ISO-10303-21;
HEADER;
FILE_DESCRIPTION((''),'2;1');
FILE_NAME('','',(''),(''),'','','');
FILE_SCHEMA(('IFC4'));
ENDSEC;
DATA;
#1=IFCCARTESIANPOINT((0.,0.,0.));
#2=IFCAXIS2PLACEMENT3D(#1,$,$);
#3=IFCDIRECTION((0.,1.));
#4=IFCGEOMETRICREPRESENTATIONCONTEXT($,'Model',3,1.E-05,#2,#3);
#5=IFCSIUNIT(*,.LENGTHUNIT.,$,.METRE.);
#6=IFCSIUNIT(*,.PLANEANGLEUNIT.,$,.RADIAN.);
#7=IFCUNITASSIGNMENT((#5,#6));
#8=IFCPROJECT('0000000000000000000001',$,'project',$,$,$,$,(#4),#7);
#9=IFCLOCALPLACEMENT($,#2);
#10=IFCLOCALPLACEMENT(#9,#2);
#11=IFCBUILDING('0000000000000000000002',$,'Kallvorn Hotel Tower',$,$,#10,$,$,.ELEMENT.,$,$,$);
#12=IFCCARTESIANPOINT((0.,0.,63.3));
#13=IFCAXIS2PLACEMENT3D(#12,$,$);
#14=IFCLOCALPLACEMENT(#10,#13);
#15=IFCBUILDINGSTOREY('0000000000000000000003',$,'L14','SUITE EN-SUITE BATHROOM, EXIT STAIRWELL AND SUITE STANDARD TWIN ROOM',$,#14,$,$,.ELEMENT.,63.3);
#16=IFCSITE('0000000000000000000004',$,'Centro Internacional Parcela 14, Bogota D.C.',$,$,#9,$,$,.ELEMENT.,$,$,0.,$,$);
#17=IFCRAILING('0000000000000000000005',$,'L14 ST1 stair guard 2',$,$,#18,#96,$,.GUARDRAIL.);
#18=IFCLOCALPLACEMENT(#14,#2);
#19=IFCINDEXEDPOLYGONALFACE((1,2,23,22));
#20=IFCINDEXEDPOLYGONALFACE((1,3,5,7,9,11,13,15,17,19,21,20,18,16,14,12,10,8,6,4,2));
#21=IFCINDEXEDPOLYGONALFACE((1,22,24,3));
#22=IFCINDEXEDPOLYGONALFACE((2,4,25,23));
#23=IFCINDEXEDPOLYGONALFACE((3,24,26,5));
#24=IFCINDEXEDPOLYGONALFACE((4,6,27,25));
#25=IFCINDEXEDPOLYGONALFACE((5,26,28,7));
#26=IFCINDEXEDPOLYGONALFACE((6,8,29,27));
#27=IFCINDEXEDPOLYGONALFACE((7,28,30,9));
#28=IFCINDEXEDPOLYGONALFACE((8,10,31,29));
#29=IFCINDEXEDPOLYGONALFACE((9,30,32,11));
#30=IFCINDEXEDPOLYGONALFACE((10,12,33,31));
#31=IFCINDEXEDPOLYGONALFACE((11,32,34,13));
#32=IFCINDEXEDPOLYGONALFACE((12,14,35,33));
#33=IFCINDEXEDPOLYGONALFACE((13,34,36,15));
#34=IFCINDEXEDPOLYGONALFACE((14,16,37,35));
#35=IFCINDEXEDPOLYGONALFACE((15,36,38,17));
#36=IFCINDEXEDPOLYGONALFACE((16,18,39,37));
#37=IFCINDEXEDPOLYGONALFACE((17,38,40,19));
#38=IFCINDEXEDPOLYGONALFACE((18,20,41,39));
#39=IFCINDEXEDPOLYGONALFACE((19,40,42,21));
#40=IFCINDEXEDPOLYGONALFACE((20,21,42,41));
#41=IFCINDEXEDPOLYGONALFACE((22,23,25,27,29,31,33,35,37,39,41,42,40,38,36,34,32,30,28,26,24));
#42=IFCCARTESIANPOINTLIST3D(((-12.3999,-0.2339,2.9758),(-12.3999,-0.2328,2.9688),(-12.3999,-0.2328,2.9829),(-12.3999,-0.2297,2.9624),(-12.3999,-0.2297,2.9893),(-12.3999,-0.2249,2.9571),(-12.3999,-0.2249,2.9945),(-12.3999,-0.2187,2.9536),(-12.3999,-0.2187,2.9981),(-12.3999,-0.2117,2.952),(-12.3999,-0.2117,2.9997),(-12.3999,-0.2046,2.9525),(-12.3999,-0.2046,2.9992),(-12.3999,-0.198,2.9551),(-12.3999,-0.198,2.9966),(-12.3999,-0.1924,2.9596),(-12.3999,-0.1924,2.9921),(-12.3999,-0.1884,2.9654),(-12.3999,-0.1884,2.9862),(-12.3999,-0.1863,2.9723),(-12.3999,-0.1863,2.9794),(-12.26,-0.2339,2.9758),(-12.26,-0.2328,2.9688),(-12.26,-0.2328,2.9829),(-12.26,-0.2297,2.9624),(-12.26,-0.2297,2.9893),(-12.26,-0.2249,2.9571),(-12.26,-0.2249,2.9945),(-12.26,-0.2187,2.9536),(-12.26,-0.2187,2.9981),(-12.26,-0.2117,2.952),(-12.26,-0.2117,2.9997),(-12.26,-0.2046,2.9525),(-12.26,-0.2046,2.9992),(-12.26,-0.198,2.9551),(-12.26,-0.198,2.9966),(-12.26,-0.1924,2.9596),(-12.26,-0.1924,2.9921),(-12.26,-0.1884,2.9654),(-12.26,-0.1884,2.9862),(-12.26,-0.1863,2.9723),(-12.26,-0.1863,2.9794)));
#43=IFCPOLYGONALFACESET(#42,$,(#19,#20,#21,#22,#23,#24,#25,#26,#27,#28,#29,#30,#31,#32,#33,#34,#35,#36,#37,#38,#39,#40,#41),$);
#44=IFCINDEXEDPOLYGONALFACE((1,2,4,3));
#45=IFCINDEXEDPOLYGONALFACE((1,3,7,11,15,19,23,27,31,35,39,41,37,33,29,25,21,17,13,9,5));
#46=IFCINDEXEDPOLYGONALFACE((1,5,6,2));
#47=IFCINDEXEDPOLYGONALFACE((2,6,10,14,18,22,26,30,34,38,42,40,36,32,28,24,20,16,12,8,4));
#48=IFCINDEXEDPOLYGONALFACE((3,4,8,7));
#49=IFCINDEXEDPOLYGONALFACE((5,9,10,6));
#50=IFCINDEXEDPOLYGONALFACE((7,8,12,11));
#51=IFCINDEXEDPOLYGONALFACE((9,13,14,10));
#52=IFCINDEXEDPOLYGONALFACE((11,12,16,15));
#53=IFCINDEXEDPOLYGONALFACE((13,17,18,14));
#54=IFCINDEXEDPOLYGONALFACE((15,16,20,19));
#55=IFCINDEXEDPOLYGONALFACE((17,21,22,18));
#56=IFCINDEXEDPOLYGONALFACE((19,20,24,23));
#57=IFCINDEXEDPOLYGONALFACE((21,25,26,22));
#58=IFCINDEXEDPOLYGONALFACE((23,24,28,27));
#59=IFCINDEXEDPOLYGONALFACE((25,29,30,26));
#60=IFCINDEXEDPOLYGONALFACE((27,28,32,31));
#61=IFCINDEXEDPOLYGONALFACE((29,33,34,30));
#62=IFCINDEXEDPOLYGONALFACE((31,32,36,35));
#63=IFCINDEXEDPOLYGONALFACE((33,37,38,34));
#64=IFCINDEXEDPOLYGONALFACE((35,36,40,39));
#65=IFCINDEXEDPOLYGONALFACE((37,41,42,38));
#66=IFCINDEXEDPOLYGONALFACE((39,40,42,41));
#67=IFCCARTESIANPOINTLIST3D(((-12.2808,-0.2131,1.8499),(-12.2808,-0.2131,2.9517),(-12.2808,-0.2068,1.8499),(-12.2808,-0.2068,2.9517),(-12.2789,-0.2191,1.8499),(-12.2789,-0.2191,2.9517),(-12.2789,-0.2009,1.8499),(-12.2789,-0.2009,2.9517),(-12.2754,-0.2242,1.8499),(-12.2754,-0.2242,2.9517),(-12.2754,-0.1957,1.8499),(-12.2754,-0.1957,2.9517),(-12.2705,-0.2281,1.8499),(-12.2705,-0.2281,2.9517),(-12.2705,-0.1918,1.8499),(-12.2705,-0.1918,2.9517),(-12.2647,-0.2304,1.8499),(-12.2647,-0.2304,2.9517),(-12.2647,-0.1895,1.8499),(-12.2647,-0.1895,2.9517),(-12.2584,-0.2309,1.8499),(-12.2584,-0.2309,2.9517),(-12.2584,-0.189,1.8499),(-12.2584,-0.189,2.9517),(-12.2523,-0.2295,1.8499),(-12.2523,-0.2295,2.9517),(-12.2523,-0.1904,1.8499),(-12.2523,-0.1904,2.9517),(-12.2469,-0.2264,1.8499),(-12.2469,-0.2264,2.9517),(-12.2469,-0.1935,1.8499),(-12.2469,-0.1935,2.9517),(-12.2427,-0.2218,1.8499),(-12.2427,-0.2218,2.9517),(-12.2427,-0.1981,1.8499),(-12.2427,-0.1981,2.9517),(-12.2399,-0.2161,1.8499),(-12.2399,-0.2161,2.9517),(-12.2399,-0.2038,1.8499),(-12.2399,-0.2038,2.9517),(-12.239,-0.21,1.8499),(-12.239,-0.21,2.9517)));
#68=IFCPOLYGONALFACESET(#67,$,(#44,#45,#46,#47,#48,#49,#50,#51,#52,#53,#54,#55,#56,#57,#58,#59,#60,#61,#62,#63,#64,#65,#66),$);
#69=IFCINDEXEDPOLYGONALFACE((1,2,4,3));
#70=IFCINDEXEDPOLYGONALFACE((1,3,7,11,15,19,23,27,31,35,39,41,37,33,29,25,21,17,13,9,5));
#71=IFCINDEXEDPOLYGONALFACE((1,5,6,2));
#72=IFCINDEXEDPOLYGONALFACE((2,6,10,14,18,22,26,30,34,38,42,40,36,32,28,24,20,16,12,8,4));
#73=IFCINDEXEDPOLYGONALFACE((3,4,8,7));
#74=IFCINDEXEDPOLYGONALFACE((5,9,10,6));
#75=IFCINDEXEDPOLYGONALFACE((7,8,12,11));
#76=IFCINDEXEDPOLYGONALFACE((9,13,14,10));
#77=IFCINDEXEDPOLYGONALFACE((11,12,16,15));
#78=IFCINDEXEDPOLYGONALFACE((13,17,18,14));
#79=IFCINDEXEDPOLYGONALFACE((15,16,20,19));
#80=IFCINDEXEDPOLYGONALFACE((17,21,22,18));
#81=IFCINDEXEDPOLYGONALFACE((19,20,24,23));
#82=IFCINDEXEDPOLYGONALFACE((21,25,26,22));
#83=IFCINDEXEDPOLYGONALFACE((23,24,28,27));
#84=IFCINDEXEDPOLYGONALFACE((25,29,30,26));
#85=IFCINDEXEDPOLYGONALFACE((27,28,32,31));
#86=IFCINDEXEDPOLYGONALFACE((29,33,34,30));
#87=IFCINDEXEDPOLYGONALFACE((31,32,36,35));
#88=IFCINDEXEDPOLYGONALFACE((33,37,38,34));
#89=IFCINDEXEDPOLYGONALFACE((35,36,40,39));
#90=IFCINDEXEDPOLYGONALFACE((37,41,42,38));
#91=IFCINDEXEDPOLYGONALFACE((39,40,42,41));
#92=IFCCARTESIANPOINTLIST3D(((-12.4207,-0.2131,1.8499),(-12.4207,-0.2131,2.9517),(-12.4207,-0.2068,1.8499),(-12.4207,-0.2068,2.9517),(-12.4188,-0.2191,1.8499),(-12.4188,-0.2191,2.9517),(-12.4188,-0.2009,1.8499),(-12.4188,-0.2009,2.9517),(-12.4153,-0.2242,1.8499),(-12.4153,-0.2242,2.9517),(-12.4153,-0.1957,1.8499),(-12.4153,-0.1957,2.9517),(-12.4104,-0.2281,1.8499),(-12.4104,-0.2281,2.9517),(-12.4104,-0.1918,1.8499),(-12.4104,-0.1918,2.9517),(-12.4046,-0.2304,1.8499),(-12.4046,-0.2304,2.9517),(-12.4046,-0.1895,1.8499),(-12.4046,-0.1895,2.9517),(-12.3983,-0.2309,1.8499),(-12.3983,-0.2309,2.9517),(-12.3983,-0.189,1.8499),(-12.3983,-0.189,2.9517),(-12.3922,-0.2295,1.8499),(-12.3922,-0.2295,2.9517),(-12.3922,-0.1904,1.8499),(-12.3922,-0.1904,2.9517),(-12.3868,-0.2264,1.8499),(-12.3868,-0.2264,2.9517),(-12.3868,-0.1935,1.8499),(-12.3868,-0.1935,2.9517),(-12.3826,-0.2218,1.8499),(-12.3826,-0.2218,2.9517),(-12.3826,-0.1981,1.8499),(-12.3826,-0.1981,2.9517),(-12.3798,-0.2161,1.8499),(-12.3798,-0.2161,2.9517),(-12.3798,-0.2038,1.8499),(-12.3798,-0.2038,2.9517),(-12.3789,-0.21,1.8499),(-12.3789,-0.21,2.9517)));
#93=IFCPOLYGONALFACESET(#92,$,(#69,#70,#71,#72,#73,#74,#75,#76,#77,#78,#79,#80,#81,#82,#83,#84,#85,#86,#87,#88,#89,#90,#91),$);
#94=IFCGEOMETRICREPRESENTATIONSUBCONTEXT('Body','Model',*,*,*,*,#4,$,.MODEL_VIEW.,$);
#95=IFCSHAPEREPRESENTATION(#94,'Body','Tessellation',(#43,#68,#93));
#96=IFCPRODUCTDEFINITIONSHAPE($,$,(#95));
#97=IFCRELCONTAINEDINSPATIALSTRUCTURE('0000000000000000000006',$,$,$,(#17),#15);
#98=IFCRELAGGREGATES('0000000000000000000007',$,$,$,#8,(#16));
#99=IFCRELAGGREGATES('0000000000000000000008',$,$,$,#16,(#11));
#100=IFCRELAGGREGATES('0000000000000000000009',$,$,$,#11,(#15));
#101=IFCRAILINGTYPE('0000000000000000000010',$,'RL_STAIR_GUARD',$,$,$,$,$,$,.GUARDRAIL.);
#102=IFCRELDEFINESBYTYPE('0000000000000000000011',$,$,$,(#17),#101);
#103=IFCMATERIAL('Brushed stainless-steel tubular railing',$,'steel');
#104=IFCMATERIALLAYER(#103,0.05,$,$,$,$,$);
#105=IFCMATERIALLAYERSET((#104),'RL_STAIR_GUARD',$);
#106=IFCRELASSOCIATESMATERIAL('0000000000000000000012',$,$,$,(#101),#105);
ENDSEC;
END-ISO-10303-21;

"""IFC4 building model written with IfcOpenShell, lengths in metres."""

from ifc_helpers import new_model, si_unit, direction, frame, origin, origin_2d, place, context, subcontext, project, spatial, circle, extrude, material, layer, layer_set, type_object, element, save


model = new_model("IFC4")

# Units and contexts
model_context = context("Model", 3, precision=1e-05, world=origin(), true_north=direction((0.0, 1.0)))
body_context = subcontext(model_context, "Body", "Model", "MODEL_VIEW")
ifc_project = project(units=[si_unit("LENGTHUNIT", "METRE"), si_unit("PLANEANGLEUNIT", "RADIAN")], contexts=[model_context])

# Site, building, storey
site_placement = place(None, origin())
site = spatial("IfcSite", under=ifc_project, at=site_placement, Name="Centro Internacional Parcela 14, Bogota D.C.", CompositionType="ELEMENT", RefElevation=0.0)
building_placement = place(site_placement, origin())
building = spatial("IfcBuilding", under=site, at=building_placement, Name="Kallvorn Hotel Tower", CompositionType="ELEMENT")
storey_placement = place(building_placement, frame((0.0, 0.0, 63.3)))
storey = spatial("IfcBuildingStorey", under=building, at=storey_placement, Name="L14", Description="SUITE EN-SUITE BATHROOM, EXIT STAIRWELL AND SUITE STANDARD TWIN ROOM", CompositionType="ELEMENT", Elevation=63.3)

# Railing
ifc_material_1 = material(Name="Brushed stainless-steel tubular railing", Category="steel")
ifc_layer_1 = layer(ifc_material_1, 0.05)
ifc_layer_set_1 = layer_set([ifc_layer_1], Name="RL_STAIR_GUARD")
railing_type_1 = type_object("IfcRailingType", Name="RL_STAIR_GUARD", PredefinedType="GUARDRAIL", material=ifc_layer_set_1)
railing_1_placement = place(storey_placement, frame((-12.26, -0.21, 1.8499)))
element("IfcRailing", 1, at=railing_1_placement, inside=storey, type_object=railing_type_1, Name="L14 ST1 stair guard 2", PredefinedType="GUARDRAIL", context=body_context, shape_type="SweptSolid", body=[
    extrude(circle(Radius=0.0239, at=origin_2d()), frame((0.0, 0.0, 1.126), z_axis=(-1.0, 0.0, 0.0), x_axis=(0.0, -1.0, 0.0)), (0.0, 0.0, 1.0), 0.1399),
    extrude(circle(Radius=0.021, at=origin_2d()), origin(), (0.0, 0.0, 1.0), 1.1018),
    extrude(circle(Radius=0.021, at=origin_2d()), frame((-0.1399, 0.0, 0.0)), (0.0, 0.0, 1.0), 1.1018),
])

save(model, "model.ifc")
